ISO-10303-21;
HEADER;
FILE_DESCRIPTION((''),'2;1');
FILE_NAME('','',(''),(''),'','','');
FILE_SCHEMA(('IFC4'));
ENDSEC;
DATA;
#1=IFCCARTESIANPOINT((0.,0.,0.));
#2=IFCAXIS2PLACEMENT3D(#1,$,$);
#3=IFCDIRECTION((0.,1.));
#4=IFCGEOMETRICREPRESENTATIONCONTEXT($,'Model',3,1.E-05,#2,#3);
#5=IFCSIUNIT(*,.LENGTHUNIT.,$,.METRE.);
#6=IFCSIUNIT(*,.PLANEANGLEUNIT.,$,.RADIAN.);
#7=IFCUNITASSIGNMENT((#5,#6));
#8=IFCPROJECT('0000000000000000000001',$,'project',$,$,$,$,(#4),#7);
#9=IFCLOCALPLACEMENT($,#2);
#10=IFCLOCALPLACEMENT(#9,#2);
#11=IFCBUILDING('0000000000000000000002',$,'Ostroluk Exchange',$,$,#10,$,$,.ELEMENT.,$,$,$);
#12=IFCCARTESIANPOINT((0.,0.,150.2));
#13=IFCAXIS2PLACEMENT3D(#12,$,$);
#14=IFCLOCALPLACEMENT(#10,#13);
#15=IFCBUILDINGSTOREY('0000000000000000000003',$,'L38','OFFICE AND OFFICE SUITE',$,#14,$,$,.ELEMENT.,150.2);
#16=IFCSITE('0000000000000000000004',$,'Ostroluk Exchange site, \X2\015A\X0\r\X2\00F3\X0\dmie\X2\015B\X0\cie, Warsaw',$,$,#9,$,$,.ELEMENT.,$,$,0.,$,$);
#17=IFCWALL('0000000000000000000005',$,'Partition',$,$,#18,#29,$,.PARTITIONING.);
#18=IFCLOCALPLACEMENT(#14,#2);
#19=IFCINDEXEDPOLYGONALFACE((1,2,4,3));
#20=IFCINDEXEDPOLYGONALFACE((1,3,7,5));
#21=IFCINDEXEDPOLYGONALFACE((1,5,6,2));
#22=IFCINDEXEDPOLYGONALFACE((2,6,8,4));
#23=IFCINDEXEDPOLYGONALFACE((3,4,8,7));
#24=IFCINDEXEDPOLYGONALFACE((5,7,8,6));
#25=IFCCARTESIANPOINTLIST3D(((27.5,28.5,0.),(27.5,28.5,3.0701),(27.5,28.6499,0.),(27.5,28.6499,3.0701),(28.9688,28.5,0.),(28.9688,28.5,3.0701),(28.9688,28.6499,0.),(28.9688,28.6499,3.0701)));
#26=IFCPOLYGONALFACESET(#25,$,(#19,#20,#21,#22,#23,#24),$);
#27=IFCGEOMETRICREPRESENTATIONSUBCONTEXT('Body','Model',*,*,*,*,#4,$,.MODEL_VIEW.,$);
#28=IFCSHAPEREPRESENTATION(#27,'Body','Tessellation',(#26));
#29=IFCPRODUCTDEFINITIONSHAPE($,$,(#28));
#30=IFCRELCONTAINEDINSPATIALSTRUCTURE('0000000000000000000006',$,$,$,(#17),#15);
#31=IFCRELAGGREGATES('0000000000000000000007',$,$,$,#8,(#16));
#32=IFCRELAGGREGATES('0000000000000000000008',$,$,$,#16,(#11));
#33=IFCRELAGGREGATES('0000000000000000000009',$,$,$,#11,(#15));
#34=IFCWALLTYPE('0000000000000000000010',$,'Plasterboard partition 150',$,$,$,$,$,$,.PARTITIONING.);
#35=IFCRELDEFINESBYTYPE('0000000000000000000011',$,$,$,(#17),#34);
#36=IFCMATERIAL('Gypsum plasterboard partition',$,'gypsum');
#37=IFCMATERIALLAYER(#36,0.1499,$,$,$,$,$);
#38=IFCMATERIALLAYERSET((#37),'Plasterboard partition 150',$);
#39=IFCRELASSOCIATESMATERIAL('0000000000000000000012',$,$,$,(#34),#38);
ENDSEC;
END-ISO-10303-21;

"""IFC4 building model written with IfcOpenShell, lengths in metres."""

from ifc_helpers import new_model, si_unit, direction, frame, frame_2d, origin, place, context, subcontext, project, spatial, rectangle, extrude, material, layer, layer_set, type_object, element, save


model = new_model("IFC4")

# Units and contexts
model_context = context("Model", 3, precision=1e-05, world=origin(), true_north=direction((0.0, 1.0)))
body_context = subcontext(model_context, "Body", "Model", "MODEL_VIEW")
ifc_project = project(units=[si_unit("LENGTHUNIT", "METRE"), si_unit("PLANEANGLEUNIT", "RADIAN")], contexts=[model_context])

# Site, building, storey
site_placement = place(None, origin())
site = spatial("IfcSite", under=ifc_project, at=site_placement, Name="Ostroluk Exchange site, Śródmieście, Warsaw", CompositionType="ELEMENT", RefElevation=0.0)
building_placement = place(site_placement, origin())
building = spatial("IfcBuilding", under=site, at=building_placement, Name="Ostroluk Exchange", CompositionType="ELEMENT")
storey_placement = place(building_placement, frame((0.0, 0.0, 150.2)))
storey = spatial("IfcBuildingStorey", under=building, at=storey_placement, Name="L38", Description="OFFICE AND OFFICE SUITE", CompositionType="ELEMENT", Elevation=150.2)

# Wall
ifc_material_1 = material(Name="Gypsum plasterboard partition", Category="gypsum")
ifc_layer_1 = layer(ifc_material_1, 0.1499)
ifc_layer_set_1 = layer_set([ifc_layer_1], Name="Plasterboard partition 150")
wall_type_1 = type_object("IfcWallType", Name="Plasterboard partition 150", PredefinedType="PARTITIONING", material=ifc_layer_set_1)
wall_1_placement = place(storey_placement, frame((27.5, 28.575, 0.0), z_axis=(0.0, 0.0, 1.0), x_axis=(1.0, 0.0, 0.0)))
element("IfcWall", 1, at=wall_1_placement, inside=storey, type_object=wall_type_1, Name="Partition", PredefinedType="PARTITIONING", context=body_context, shape_type="SweptSolid", body=[
    extrude(rectangle(XDim=1.4688, YDim=0.1499, at=frame_2d((0.7344, 0.0))), origin(), (0.0, 0.0, 1.0), 3.0701),
])

save(model, "model.ifc")
